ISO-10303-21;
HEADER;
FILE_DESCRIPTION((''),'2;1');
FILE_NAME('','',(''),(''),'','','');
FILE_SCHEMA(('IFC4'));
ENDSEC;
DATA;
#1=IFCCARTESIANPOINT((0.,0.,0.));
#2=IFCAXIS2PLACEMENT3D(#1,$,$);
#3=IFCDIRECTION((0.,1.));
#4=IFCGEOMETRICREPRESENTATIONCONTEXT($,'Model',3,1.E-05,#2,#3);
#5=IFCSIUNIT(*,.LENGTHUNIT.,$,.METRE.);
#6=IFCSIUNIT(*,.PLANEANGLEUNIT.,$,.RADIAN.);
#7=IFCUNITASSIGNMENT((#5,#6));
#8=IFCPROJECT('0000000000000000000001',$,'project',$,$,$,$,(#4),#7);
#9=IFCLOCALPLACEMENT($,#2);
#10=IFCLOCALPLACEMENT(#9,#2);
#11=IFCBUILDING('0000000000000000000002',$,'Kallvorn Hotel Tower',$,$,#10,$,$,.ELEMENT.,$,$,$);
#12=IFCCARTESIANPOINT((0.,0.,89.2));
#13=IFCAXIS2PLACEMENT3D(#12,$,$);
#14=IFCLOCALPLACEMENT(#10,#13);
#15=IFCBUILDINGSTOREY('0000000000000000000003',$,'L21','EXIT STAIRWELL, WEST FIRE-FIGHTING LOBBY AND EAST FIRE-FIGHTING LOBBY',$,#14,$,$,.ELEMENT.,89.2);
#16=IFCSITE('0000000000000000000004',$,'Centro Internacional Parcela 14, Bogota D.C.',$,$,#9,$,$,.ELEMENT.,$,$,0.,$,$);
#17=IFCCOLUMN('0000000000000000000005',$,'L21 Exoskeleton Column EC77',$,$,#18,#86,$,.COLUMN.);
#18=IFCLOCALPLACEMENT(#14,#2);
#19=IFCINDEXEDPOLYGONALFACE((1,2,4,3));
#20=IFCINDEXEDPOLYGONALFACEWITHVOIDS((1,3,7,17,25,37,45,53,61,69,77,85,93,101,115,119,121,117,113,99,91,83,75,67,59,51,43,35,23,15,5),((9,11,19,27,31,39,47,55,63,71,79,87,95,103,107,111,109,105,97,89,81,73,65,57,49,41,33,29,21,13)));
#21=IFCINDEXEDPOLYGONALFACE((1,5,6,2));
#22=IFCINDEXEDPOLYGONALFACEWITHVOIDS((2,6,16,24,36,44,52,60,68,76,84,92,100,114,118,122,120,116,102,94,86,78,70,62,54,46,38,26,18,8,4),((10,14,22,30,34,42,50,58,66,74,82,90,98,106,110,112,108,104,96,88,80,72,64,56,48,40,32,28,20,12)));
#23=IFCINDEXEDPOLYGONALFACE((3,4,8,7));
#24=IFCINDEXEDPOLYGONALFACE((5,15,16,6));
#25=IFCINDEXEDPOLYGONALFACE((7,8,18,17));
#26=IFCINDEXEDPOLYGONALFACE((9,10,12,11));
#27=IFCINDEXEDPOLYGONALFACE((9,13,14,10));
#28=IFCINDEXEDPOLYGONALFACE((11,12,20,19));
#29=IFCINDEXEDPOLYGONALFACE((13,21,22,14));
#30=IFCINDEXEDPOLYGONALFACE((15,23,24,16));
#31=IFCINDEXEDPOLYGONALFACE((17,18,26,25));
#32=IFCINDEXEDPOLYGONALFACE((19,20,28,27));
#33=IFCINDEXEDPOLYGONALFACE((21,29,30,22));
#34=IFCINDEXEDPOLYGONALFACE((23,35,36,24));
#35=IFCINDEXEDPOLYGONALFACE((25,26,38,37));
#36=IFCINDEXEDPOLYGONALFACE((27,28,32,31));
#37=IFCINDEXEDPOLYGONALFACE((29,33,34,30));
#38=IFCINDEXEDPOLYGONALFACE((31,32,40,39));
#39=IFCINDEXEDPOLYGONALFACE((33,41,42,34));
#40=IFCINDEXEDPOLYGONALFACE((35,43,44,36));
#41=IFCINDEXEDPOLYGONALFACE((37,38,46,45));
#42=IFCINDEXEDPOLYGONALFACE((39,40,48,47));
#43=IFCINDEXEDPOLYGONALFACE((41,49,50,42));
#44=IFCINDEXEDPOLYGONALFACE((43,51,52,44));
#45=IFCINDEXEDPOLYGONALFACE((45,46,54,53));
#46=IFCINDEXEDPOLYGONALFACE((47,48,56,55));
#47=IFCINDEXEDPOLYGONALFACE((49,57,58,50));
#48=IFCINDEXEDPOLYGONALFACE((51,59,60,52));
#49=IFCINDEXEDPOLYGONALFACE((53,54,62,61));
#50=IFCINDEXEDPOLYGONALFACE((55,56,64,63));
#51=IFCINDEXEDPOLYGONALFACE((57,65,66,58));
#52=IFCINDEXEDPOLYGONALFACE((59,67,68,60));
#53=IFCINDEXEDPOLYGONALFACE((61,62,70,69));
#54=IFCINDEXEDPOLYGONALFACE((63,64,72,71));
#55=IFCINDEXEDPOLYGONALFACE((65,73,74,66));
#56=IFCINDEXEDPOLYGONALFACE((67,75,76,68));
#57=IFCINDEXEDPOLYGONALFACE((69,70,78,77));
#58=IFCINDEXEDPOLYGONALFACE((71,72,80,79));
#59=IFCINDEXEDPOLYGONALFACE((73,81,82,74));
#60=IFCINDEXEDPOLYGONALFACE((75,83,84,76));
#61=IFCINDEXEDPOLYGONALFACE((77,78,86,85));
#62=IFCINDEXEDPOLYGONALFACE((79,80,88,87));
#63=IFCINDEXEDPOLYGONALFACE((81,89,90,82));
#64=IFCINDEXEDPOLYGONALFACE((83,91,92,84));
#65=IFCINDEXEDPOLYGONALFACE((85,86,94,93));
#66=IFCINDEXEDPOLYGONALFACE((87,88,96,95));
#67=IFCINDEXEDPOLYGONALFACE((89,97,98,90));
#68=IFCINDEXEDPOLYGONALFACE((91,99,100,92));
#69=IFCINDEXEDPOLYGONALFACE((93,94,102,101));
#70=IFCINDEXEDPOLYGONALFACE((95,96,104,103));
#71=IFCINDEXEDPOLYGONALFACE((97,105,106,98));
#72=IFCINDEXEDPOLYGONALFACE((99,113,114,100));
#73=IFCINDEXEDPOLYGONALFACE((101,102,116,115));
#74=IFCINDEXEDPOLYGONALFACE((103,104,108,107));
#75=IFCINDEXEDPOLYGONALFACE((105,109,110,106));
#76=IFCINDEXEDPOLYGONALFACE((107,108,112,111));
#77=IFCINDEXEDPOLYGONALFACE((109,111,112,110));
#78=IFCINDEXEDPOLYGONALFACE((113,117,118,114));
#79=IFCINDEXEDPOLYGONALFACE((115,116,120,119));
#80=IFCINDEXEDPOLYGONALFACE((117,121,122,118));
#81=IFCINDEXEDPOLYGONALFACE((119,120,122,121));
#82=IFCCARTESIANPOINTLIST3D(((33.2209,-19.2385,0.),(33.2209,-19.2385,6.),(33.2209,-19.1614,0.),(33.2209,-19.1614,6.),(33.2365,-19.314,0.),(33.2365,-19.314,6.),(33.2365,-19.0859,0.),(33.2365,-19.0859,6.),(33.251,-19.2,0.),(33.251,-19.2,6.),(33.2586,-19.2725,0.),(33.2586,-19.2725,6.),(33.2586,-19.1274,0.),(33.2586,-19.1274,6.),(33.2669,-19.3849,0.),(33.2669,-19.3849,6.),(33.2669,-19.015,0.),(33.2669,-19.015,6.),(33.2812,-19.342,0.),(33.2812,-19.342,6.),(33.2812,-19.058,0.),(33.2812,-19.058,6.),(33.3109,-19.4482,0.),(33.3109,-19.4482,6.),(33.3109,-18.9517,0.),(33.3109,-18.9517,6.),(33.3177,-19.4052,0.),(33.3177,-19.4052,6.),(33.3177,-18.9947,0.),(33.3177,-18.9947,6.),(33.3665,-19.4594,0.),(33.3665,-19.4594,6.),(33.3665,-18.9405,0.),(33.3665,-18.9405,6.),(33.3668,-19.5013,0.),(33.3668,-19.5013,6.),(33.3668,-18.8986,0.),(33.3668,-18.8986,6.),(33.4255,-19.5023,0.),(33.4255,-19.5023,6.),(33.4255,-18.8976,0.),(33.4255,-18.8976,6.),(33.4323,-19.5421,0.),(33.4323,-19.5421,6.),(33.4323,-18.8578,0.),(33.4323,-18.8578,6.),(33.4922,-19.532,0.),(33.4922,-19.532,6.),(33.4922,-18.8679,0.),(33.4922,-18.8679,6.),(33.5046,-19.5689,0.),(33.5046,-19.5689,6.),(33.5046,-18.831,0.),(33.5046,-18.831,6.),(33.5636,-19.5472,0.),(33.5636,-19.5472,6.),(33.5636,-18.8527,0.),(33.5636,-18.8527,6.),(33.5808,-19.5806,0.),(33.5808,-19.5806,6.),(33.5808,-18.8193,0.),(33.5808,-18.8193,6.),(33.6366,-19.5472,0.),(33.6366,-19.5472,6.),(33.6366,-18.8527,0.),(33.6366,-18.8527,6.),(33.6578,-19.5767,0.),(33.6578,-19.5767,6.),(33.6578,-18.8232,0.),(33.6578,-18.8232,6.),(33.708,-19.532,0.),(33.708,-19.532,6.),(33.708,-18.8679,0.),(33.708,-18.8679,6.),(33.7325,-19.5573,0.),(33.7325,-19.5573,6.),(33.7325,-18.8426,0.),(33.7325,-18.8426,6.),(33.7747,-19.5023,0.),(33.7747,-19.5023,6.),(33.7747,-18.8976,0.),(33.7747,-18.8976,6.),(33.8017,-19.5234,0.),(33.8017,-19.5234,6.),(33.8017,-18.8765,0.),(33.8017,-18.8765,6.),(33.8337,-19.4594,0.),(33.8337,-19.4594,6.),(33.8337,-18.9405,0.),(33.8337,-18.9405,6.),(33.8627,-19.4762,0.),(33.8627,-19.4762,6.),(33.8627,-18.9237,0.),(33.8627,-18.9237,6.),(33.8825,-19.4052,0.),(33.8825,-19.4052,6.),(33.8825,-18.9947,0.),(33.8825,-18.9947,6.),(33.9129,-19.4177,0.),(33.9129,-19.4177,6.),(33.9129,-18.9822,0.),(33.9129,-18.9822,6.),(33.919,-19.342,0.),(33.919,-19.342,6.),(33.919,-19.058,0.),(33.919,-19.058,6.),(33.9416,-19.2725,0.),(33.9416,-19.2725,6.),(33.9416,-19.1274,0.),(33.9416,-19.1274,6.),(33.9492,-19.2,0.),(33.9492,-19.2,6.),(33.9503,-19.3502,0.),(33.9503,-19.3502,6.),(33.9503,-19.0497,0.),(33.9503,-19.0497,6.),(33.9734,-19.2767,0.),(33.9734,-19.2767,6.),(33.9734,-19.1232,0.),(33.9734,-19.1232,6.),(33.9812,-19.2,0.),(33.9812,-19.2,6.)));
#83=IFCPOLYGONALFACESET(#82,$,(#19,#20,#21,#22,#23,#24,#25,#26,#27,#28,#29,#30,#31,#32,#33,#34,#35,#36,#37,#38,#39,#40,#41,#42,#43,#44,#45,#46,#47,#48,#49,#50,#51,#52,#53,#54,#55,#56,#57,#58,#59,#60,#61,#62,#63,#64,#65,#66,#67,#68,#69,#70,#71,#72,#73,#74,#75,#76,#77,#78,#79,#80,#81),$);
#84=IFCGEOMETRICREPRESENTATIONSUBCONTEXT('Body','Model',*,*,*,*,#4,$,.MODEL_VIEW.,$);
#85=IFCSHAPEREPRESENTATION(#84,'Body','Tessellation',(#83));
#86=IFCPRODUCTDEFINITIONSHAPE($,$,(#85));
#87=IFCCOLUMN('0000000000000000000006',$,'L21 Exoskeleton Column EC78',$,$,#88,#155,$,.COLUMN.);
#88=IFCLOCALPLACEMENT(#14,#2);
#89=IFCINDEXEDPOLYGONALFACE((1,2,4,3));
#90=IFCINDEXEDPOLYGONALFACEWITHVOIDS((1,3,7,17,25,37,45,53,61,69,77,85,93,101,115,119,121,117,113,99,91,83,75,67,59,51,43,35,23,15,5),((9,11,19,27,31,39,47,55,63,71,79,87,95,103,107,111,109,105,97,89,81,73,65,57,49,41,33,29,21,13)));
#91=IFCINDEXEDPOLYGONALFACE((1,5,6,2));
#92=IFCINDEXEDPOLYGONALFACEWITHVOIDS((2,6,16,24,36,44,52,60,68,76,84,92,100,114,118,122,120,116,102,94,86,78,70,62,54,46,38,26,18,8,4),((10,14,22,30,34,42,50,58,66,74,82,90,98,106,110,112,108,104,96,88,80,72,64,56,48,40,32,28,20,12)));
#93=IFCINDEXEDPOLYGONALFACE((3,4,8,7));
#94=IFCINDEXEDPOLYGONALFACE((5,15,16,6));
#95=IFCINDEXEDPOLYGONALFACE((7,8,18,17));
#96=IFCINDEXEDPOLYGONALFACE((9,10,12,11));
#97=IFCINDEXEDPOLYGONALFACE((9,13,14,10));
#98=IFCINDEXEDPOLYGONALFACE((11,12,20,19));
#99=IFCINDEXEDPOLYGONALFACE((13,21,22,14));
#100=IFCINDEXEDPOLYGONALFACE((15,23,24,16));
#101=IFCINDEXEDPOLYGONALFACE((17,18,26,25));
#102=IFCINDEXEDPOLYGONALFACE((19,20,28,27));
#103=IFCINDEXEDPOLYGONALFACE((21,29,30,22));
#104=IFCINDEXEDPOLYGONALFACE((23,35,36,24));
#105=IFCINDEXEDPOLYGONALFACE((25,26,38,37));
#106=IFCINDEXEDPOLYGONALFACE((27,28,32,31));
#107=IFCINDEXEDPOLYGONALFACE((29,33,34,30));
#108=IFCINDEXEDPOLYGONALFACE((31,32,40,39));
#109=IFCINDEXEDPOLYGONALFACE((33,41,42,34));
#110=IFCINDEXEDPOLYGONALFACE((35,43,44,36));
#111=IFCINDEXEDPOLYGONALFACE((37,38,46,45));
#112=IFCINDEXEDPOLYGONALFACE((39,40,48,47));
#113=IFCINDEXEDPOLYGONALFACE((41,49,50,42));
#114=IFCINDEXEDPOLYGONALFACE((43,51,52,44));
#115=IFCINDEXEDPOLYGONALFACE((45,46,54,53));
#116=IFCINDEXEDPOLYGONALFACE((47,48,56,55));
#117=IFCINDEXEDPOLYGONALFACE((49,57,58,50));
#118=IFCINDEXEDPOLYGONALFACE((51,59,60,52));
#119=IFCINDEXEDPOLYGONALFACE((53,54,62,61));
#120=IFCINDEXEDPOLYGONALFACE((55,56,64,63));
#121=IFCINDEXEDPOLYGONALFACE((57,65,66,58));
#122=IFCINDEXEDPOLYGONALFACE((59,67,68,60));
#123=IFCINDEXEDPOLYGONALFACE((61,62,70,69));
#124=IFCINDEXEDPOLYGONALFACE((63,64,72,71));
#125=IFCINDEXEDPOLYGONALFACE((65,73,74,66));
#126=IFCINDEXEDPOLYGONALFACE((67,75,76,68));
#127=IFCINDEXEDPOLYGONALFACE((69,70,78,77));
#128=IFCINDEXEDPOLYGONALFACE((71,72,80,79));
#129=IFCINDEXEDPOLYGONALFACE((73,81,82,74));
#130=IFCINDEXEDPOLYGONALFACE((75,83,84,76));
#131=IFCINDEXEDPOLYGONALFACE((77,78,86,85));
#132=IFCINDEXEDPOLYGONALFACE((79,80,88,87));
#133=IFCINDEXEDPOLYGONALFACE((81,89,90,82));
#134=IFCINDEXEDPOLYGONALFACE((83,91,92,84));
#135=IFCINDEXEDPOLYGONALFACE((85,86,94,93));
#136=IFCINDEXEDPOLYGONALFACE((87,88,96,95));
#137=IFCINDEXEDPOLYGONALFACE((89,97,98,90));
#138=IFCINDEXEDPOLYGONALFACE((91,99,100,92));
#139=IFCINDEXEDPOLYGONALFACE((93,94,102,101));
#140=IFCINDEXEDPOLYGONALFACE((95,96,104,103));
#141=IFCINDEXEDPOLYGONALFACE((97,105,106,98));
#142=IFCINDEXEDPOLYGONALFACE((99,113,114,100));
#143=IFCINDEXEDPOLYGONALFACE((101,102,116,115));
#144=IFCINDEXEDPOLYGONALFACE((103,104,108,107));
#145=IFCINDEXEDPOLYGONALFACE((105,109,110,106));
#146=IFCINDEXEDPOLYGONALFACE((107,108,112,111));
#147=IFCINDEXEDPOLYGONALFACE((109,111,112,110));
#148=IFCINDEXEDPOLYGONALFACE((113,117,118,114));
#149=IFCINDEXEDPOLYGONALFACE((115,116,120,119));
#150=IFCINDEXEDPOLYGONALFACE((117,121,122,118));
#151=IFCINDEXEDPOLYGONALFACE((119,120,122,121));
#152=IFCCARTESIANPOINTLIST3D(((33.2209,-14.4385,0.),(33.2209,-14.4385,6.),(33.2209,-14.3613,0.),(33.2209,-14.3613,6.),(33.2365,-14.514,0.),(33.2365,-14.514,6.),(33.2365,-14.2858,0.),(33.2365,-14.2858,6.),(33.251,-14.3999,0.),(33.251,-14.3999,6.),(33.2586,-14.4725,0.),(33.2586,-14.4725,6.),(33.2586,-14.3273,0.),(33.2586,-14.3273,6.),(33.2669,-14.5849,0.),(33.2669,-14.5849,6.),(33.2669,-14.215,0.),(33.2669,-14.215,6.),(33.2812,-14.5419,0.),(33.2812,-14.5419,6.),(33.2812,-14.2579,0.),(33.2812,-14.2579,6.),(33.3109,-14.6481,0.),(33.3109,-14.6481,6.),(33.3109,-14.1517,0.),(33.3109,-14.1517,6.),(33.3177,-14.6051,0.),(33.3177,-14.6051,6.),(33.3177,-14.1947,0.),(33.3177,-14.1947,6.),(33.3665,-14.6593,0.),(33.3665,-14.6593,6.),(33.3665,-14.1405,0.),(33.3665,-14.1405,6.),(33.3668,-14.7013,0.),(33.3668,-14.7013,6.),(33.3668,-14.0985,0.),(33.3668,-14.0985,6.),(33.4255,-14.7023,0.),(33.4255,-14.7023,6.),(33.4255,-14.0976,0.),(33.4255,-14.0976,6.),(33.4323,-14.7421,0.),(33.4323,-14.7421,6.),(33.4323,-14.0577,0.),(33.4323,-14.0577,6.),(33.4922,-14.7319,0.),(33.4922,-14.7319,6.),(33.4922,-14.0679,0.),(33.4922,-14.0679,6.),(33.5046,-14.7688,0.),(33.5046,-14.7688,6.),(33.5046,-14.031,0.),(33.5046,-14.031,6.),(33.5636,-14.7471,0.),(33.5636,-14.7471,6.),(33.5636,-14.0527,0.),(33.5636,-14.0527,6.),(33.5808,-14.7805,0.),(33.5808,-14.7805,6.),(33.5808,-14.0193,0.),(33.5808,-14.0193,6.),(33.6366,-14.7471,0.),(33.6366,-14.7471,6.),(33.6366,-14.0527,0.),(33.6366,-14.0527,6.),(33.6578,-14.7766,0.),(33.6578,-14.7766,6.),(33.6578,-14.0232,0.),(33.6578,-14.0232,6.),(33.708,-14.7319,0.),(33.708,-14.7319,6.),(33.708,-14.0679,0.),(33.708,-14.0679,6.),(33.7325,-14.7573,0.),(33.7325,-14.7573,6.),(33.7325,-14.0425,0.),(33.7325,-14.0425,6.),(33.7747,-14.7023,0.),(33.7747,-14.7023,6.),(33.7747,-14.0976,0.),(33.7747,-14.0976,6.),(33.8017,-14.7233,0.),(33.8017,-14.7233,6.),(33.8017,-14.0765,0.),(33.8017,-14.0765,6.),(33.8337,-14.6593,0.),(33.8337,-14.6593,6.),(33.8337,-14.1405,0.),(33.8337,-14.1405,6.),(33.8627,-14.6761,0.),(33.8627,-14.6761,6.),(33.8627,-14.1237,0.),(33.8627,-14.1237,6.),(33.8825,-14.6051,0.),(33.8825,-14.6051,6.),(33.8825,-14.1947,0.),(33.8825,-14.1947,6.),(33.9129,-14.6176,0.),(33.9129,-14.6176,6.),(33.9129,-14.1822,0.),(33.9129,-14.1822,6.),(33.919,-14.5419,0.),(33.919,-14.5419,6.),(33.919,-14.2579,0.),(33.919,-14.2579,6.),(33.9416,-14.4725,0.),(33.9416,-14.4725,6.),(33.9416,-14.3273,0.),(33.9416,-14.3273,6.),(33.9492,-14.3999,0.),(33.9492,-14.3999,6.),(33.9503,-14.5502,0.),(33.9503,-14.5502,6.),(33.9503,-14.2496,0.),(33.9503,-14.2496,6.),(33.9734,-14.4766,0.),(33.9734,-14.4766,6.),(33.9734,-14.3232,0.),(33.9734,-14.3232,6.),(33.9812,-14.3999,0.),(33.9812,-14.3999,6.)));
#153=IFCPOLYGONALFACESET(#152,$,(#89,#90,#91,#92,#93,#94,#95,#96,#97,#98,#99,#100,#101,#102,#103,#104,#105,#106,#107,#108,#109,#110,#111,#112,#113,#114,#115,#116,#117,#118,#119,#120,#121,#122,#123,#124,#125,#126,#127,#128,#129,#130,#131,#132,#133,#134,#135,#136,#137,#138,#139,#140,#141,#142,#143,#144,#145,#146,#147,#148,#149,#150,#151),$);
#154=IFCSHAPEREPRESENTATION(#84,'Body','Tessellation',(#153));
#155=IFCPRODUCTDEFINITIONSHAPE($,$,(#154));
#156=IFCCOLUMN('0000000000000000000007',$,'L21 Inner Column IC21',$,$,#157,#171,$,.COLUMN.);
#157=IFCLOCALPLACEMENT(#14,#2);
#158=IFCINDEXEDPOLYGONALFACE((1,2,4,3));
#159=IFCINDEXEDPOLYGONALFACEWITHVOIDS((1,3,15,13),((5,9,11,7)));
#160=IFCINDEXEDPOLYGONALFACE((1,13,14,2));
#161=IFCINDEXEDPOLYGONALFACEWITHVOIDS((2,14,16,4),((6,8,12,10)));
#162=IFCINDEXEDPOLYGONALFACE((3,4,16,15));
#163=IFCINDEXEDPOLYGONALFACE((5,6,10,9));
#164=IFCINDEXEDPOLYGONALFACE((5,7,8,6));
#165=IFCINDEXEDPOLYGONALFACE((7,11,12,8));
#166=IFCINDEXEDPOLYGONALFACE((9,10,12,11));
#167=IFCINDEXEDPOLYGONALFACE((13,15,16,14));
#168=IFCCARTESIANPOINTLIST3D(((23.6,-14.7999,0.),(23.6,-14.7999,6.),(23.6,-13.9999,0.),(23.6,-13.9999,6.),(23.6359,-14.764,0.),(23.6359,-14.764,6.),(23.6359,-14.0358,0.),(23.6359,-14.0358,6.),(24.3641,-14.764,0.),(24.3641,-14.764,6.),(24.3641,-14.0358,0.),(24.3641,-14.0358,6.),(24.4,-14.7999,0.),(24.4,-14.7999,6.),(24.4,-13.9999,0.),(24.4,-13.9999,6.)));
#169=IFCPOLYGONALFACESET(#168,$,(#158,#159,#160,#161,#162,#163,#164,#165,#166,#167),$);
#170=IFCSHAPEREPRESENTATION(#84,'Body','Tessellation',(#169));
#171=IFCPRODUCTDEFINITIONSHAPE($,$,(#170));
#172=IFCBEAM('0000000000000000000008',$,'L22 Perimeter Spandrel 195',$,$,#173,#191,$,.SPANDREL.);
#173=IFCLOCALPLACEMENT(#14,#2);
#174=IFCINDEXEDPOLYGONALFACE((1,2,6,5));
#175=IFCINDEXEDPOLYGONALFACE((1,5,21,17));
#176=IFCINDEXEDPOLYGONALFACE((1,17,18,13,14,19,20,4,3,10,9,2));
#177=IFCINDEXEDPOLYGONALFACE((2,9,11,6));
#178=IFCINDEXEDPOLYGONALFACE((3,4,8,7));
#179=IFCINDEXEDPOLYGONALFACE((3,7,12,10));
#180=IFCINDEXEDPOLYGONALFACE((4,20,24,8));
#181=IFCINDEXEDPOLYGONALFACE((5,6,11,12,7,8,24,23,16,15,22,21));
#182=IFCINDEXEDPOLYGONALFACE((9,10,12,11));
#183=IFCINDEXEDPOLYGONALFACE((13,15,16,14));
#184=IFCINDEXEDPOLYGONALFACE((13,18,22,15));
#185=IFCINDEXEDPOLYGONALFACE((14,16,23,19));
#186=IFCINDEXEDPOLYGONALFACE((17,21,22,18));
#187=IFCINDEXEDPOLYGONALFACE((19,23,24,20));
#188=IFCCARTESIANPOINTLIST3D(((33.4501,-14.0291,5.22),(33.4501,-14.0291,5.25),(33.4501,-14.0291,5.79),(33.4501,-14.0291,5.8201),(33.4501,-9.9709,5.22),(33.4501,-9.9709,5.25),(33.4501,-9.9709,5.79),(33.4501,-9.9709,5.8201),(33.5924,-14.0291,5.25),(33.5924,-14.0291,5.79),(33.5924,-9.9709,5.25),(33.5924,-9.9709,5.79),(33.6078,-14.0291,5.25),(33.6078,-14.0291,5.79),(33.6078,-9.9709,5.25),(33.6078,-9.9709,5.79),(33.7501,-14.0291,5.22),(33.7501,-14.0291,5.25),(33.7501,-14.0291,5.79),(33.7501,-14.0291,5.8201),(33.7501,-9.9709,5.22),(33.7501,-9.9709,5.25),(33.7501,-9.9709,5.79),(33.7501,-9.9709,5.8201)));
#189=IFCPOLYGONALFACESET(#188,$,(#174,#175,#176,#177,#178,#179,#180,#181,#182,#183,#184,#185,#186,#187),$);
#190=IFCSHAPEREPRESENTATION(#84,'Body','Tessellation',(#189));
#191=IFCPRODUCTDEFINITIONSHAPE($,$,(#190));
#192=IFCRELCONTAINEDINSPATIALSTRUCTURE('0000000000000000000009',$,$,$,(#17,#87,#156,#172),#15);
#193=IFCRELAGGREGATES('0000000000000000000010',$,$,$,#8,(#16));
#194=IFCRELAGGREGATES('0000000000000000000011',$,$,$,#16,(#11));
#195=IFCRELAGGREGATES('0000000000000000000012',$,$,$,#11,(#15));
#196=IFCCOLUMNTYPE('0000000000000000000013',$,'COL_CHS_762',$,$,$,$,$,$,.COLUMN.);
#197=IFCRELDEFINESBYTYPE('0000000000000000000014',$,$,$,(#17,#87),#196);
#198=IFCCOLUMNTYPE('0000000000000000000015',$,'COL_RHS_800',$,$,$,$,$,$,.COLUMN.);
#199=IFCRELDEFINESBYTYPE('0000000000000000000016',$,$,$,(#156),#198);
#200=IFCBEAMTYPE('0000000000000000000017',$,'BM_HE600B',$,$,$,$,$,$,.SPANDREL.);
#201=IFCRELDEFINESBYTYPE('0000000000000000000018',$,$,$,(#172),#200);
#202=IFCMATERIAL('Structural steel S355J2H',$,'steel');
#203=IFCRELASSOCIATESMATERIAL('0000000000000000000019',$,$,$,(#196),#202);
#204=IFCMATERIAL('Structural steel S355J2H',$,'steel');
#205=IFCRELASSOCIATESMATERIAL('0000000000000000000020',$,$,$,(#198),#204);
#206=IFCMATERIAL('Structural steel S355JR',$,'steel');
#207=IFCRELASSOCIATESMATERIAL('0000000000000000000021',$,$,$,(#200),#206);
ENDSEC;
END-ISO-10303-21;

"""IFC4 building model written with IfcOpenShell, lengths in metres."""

from ifc_helpers import new_model, si_unit, direction, frame, origin, origin_2d, place, context, subcontext, project, spatial, hollow_rectangle, hollow_circle, i_section, extrude, material, material_profile, profile_set, type_object, element, save


model = new_model("IFC4")

# Units and contexts
model_context = context("Model", 3, precision=1e-05, world=origin(), true_north=direction((0.0, 1.0)))
body_context = subcontext(model_context, "Body", "Model", "MODEL_VIEW")
ifc_project = project(units=[si_unit("LENGTHUNIT", "METRE"), si_unit("PLANEANGLEUNIT", "RADIAN")], contexts=[model_context])

# Site, building, storey
site_placement = place(None, origin())
site = spatial("IfcSite", under=ifc_project, at=site_placement, Name="Centro Internacional Parcela 14, Bogota D.C.", CompositionType="ELEMENT", RefElevation=0.0)
building_placement = place(site_placement, origin())
building = spatial("IfcBuilding", under=site, at=building_placement, Name="Kallvorn Hotel Tower", CompositionType="ELEMENT")
storey_placement = place(building_placement, frame((0.0, 0.0, 89.2)))
storey = spatial("IfcBuildingStorey", under=building, at=storey_placement, Name="L21", Description="EXIT STAIRWELL, WEST FIRE-FIGHTING LOBBY AND EAST FIRE-FIGHTING LOBBY", CompositionType="ELEMENT", Elevation=89.2)

# Columns
ifc_material_1 = material(Name="Structural steel S355J2H", Category="steel")
ifc_material_profile_1 = material_profile(ifc_material_1, hollow_circle(Radius=0.3811, WallThickness=0.032, at=origin_2d()), Name="CHS 762x32")
ifc_profile_set_1 = profile_set([ifc_material_profile_1], Name="Structural steel S355J2H")
column_type_1 = type_object("IfcColumnType", Name="COL_CHS_762", PredefinedType="COLUMN", material=ifc_profile_set_1)
for number, where, z_axis, x_axis, name in (
    (1, (33.6001, -19.2, 0.0), (0.0, 0.0, 1.0), (1.0, 0.0, 0.0), "L21 Exoskeleton Column EC77"),
    (2, (33.6001, -14.3999, 0.0), (0.0, 0.0, 1.0), (1.0, 0.0, 0.0), "L21 Exoskeleton Column EC78"),
):
    element("IfcColumn", number, at=place(storey_placement, frame(where, z_axis=z_axis, x_axis=x_axis)), inside=storey, type_object=column_type_1, Name=name, PredefinedType="COLUMN", context=body_context, shape_type="SweptSolid", body=[
        extrude(hollow_circle(Radius=0.3811, WallThickness=0.032, at=origin_2d()), origin(), (0.0, 0.0, 1.0), 6.0),
    ])
ifc_material_2 = material(Name="Structural steel S355J2H", Category="steel")
ifc_material_profile_2 = material_profile(ifc_material_2, hollow_rectangle(XDim=0.8, YDim=0.8, WallThickness=0.0359, at=origin_2d()), Name="RHS 800x800x36")
ifc_profile_set_2 = profile_set([ifc_material_profile_2], Name="Structural steel S355J2H")
column_type_2 = type_object("IfcColumnType", Name="COL_RHS_800", PredefinedType="COLUMN", material=ifc_profile_set_2)
column_1_placement = place(storey_placement, frame((24.0, -14.3999, 0.0), z_axis=(0.0, 0.0, 1.0), x_axis=(1.0, 0.0, 0.0)))
element("IfcColumn", 3, at=column_1_placement, inside=storey, type_object=column_type_2, Name="L21 Inner Column IC21", PredefinedType="COLUMN", context=body_context, shape_type="SweptSolid", body=[
    extrude(hollow_rectangle(XDim=0.8, YDim=0.8, WallThickness=0.0359, at=origin_2d()), origin(), (0.0, 0.0, 1.0), 6.0),
])

# Beam
ifc_material_3 = material(Name="Structural steel S355JR", Category="steel")
ifc_material_profile_3 = material_profile(ifc_material_3, i_section(OverallWidth=0.3, OverallDepth=0.6001, WebThickness=0.0154, FlangeThickness=0.03, at=origin_2d()), Name="HE 600 B")
ifc_profile_set_3 = profile_set([ifc_material_profile_3], Name="Structural steel S355JR")
beam_type_1 = type_object("IfcBeamType", Name="BM_HE600B", PredefinedType="SPANDREL", material=ifc_profile_set_3)
beam_1_placement = place(storey_placement, frame((33.6001, -14.0291, 5.52), z_axis=(0.0, 1.0, 0.0), x_axis=(-1.0, 0.0, 0.0)))
element("IfcBeam", 4, at=beam_1_placement, inside=storey, type_object=beam_type_1, Name="L22 Perimeter Spandrel 195", PredefinedType="SPANDREL", context=body_context, shape_type="SweptSolid", body=[
    extrude(i_section(OverallWidth=0.3, OverallDepth=0.6001, WebThickness=0.0154, FlangeThickness=0.03, at=origin_2d()), origin(), (0.0, 0.0, 1.0), 4.0581),
])

save(model, "model.ifc")
